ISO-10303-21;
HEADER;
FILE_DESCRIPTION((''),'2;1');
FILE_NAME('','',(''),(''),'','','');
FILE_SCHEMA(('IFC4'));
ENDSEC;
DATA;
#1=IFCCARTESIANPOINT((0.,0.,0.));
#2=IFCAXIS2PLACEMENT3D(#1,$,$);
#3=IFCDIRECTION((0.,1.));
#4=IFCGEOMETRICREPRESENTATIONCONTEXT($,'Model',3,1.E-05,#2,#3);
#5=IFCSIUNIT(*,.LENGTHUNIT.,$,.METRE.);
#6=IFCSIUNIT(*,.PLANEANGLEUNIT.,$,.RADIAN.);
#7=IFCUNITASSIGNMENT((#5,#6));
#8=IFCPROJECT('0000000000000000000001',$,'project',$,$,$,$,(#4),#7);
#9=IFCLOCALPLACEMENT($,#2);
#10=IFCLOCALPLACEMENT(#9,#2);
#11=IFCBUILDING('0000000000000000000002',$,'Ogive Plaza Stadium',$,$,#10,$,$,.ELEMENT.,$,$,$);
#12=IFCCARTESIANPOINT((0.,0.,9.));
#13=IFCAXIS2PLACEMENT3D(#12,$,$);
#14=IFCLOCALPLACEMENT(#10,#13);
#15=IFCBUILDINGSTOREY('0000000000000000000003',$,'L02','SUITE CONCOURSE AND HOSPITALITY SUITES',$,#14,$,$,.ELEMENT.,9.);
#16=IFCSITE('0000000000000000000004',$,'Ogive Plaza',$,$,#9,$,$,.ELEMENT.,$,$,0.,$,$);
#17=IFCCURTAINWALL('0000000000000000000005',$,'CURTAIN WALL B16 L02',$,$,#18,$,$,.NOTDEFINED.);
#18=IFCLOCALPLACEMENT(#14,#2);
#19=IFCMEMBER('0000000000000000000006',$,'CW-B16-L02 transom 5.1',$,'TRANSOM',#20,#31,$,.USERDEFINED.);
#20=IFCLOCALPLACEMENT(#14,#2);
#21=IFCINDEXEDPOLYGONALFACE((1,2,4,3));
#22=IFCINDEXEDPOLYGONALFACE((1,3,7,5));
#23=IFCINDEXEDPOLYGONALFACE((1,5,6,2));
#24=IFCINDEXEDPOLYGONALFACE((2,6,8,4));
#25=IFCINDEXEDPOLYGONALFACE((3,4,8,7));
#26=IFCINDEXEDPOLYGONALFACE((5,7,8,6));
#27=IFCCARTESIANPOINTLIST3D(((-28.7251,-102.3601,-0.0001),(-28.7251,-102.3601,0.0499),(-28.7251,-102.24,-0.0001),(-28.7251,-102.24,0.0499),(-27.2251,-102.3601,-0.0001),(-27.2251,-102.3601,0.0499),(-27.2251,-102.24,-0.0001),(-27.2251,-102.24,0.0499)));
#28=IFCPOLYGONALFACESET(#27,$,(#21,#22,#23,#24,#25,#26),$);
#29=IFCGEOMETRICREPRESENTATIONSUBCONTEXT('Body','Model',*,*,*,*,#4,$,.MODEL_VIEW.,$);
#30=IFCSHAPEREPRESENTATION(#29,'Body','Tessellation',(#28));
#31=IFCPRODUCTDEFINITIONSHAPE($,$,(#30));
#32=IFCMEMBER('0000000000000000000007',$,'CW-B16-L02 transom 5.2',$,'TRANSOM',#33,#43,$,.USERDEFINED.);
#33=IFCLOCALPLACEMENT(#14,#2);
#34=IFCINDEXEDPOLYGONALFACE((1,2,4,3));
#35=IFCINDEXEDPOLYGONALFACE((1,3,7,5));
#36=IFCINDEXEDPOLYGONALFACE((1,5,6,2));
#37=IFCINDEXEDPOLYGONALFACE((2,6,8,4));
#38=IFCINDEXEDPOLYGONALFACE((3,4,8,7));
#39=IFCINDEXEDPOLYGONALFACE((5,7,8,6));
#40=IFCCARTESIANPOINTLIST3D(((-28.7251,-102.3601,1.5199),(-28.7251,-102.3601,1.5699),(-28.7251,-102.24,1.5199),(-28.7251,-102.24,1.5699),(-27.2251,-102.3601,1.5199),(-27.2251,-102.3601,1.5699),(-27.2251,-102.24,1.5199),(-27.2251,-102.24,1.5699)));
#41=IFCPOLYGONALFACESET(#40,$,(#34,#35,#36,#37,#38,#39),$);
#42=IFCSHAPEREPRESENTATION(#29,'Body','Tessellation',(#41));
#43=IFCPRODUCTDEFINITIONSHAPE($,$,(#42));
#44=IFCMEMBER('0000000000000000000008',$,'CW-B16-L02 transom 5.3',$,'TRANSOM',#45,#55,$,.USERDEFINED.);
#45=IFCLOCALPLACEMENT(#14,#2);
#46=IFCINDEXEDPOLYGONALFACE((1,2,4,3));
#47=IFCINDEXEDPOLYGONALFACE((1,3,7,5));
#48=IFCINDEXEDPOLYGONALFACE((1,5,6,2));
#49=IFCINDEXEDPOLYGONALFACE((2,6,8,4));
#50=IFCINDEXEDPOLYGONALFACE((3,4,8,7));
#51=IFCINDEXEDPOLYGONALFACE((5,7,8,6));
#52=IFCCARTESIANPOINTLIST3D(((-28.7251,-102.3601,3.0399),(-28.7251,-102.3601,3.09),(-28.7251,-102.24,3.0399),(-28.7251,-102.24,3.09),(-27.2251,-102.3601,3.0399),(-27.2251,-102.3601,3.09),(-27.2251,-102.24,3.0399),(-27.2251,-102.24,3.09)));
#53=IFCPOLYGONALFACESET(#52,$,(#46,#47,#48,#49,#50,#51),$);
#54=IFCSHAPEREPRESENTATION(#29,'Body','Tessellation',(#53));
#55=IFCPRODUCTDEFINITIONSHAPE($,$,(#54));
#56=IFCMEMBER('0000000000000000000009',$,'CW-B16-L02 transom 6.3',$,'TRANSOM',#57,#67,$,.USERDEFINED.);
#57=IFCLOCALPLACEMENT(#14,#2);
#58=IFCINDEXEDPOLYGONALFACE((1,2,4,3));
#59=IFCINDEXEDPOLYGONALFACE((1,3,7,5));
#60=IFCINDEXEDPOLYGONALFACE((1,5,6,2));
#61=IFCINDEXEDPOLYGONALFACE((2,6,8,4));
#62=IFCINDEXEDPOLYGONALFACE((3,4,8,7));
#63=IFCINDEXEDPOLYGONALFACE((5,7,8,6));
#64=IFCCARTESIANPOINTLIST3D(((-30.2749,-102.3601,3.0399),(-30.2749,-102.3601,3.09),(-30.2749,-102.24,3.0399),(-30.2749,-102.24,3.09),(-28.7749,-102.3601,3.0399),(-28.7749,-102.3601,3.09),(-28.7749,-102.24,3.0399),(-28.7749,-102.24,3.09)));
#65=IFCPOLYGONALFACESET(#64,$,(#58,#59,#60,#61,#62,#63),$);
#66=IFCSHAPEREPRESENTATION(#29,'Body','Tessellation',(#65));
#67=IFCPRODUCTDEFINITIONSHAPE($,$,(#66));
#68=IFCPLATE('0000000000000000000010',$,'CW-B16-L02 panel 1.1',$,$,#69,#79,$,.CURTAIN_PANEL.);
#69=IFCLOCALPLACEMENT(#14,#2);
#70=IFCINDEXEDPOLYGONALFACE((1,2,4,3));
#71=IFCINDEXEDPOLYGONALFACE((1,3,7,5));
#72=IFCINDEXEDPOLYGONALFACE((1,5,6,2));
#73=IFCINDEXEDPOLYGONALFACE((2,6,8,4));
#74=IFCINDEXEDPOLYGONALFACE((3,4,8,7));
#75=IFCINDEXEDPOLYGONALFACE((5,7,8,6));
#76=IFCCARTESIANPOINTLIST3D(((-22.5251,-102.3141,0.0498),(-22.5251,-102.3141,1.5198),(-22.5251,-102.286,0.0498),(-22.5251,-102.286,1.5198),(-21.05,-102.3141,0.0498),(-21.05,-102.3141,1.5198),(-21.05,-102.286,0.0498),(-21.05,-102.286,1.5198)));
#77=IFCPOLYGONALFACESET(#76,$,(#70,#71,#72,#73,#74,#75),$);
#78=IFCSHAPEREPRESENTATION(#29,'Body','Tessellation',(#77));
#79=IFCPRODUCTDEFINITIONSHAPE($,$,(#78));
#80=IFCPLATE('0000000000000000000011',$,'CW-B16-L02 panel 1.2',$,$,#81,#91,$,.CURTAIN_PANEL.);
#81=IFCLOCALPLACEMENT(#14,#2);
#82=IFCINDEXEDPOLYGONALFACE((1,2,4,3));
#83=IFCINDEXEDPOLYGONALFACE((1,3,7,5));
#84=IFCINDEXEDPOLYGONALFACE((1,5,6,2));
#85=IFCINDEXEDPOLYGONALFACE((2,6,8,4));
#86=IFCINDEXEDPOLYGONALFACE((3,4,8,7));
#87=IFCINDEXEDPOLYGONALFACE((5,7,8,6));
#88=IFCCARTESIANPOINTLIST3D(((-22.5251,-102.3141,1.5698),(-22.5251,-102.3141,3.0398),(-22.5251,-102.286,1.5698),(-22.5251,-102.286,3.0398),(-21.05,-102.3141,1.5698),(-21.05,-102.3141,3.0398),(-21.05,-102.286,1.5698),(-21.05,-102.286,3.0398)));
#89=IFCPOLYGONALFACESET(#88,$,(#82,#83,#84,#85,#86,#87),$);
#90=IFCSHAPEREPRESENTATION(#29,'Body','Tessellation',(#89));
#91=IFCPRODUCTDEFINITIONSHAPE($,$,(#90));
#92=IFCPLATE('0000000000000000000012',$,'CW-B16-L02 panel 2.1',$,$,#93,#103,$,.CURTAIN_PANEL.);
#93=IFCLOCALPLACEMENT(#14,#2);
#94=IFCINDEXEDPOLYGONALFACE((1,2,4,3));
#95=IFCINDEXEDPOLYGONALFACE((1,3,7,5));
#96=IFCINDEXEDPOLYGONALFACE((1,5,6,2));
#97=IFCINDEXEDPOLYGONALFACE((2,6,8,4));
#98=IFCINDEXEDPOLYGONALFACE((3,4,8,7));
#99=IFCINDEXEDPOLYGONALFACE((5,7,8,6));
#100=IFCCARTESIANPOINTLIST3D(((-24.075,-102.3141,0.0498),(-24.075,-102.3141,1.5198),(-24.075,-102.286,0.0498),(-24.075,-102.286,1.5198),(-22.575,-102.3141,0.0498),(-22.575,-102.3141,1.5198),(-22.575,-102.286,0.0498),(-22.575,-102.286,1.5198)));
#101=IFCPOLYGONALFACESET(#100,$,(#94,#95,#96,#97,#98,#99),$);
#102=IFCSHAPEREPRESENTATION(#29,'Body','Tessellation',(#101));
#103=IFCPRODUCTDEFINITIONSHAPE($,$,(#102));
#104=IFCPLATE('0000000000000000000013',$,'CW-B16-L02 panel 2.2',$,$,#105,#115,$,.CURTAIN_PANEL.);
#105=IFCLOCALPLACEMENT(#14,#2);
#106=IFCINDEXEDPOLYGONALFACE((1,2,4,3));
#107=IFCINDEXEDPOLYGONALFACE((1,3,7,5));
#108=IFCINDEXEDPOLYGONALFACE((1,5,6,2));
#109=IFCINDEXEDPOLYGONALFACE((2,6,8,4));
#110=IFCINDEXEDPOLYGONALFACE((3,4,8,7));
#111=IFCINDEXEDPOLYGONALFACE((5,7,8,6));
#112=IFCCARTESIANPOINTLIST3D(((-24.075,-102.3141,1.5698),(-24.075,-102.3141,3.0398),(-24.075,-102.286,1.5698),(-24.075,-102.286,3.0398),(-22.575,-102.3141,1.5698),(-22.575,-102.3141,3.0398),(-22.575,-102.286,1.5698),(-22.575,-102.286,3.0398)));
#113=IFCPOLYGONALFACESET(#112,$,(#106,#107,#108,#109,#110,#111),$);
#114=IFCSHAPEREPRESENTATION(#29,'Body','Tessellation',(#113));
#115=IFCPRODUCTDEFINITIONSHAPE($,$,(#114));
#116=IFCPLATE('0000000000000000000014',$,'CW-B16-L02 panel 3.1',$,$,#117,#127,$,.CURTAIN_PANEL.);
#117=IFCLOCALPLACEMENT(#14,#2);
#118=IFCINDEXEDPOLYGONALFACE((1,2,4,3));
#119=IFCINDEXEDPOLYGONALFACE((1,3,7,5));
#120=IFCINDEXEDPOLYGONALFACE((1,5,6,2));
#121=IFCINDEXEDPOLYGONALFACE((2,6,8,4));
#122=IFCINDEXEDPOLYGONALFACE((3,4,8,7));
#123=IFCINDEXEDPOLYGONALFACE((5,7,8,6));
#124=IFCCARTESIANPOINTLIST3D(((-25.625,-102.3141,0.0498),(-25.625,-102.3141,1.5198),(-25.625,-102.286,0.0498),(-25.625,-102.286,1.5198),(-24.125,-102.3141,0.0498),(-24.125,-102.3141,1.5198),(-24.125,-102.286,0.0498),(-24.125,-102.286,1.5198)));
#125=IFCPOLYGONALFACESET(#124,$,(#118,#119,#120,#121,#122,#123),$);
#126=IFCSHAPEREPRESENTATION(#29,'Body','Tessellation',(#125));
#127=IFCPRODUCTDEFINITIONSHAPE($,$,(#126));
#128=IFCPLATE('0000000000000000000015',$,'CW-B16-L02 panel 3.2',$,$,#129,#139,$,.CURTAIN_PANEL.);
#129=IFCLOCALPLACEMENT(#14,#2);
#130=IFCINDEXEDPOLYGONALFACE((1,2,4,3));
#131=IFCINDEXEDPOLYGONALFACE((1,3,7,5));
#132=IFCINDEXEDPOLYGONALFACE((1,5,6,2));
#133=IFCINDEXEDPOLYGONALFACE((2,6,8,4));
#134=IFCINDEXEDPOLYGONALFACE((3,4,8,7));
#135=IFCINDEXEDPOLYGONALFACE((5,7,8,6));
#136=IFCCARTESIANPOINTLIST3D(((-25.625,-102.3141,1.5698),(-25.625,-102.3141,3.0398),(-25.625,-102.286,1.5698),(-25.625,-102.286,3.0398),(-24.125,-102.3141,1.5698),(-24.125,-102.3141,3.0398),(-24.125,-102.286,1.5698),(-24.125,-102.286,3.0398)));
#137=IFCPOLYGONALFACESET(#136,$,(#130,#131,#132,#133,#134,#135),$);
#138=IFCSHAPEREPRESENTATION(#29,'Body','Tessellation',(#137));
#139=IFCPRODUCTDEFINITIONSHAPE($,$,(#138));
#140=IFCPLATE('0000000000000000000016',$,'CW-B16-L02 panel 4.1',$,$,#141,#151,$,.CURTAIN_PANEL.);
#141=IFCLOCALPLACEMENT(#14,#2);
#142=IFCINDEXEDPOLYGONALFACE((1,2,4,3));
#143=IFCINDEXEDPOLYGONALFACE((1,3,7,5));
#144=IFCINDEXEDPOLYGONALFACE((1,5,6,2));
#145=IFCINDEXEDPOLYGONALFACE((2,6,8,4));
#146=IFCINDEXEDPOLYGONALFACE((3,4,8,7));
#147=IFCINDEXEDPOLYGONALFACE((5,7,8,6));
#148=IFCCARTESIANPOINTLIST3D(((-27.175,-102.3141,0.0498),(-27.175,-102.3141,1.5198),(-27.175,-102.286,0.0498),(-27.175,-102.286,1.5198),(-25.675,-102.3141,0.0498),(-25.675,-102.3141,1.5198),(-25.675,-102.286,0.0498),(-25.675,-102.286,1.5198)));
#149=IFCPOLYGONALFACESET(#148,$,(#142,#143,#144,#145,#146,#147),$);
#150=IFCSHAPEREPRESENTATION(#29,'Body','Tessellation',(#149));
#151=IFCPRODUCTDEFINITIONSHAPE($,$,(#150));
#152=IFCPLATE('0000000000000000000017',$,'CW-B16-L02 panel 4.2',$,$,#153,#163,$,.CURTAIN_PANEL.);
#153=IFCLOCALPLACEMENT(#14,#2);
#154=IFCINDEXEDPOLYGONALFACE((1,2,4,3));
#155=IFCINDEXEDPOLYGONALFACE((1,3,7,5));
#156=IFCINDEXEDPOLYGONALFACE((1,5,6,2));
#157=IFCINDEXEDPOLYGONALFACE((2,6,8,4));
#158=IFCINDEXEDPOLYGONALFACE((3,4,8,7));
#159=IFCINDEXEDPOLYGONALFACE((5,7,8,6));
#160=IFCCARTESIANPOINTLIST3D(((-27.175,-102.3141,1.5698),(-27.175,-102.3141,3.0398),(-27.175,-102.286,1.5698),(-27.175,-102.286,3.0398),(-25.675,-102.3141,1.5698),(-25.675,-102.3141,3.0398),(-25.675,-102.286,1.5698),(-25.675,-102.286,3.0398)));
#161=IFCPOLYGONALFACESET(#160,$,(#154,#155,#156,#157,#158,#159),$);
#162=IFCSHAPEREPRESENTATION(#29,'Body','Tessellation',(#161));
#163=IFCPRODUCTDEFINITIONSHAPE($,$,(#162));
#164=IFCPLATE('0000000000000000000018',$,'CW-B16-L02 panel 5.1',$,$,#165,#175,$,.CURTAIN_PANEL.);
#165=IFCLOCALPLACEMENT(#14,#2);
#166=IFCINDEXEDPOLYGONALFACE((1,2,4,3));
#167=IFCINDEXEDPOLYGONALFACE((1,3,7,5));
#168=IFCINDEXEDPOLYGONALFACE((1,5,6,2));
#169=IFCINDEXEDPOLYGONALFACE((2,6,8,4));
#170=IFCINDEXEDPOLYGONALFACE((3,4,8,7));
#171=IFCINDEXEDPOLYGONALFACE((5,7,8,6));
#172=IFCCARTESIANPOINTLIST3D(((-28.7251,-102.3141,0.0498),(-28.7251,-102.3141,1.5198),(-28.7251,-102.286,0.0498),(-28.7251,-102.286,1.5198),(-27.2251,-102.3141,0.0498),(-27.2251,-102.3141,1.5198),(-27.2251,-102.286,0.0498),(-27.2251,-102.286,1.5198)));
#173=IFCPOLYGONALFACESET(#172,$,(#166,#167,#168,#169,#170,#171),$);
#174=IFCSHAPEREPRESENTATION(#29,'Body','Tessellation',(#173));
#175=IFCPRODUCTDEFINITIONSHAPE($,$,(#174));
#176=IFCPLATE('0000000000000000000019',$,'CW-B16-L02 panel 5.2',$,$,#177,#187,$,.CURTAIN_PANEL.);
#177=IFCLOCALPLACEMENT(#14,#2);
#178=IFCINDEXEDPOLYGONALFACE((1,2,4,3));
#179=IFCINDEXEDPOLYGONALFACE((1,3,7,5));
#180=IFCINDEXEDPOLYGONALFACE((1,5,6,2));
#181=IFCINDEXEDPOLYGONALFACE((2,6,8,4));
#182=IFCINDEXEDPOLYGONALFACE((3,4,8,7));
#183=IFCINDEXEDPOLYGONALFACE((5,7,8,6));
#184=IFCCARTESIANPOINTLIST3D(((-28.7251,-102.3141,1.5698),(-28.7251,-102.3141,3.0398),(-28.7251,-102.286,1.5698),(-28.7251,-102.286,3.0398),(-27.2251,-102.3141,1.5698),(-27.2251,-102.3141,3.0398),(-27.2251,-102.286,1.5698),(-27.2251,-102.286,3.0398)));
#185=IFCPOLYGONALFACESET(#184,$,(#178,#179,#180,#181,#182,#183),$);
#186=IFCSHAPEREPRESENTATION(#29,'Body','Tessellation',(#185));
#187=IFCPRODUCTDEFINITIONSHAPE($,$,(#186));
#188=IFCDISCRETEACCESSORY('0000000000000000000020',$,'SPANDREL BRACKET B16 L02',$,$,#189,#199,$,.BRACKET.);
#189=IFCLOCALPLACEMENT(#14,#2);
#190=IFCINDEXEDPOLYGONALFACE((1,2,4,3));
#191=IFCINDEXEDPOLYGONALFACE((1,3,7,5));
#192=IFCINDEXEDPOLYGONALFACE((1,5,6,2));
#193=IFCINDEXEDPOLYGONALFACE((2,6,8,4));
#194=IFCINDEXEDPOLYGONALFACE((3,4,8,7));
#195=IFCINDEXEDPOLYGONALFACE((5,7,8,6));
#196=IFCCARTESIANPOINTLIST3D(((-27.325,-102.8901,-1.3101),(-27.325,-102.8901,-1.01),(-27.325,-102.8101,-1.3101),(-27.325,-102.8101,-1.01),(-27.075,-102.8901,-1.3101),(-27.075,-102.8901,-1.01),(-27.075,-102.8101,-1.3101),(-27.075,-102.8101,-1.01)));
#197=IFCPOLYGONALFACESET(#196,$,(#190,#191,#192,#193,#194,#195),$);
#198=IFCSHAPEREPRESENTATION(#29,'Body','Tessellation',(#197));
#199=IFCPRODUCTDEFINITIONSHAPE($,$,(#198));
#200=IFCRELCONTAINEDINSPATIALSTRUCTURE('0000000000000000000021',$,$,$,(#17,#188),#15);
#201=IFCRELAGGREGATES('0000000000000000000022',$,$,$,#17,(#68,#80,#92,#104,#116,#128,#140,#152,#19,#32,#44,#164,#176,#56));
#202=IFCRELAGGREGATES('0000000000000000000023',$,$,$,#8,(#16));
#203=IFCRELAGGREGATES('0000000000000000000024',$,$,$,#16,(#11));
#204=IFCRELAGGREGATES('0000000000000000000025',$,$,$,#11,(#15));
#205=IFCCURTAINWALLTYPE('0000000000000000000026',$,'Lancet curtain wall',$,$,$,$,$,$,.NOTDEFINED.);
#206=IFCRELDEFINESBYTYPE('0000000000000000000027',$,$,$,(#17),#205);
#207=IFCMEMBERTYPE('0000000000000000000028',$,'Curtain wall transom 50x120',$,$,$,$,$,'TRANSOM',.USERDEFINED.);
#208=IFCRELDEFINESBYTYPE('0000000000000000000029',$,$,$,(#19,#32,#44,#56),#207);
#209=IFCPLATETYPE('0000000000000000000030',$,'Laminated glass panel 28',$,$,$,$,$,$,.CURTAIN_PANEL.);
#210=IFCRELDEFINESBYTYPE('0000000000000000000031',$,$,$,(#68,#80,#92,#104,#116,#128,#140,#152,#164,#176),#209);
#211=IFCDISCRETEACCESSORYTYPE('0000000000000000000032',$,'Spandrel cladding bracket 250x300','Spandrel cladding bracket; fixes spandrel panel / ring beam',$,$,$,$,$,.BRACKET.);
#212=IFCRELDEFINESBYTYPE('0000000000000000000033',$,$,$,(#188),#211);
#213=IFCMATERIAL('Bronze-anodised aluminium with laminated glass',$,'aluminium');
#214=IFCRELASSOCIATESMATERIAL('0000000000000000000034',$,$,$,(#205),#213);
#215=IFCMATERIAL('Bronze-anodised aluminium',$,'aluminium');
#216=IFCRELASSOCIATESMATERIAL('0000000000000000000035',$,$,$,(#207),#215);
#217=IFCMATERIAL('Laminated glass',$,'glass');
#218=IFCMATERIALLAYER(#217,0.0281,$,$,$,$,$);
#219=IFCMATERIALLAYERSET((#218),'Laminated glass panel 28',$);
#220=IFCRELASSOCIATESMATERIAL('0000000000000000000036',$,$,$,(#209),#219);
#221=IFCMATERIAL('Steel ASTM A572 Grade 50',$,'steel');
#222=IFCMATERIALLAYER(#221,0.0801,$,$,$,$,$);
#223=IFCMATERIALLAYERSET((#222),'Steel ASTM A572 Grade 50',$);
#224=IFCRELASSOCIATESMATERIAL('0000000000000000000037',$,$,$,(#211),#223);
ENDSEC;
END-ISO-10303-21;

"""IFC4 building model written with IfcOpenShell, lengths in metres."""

from ifc_helpers import new_model, si_unit, direction, frame, origin, origin_2d, place, context, subcontext, project, spatial, rectangle, extrude, material, layer, layer_set, material_profile, profile_set, type_object, element, aggregate, save


model = new_model("IFC4")

# Units and contexts
model_context = context("Model", 3, precision=1e-05, world=origin(), true_north=direction((0.0, 1.0)))
body_context = subcontext(model_context, "Body", "Model", "MODEL_VIEW")
ifc_project = project(units=[si_unit("LENGTHUNIT", "METRE"), si_unit("PLANEANGLEUNIT", "RADIAN")], contexts=[model_context])

# Site, building, storey
site_placement = place(None, origin())
site = spatial("IfcSite", under=ifc_project, at=site_placement, Name="Ogive Plaza", CompositionType="ELEMENT", RefElevation=0.0)
building_placement = place(site_placement, origin())
building = spatial("IfcBuilding", under=site, at=building_placement, Name="Ogive Plaza Stadium", CompositionType="ELEMENT")
storey_placement = place(building_placement, frame((0.0, 0.0, 9.0)))
storey = spatial("IfcBuildingStorey", under=building, at=storey_placement, Name="L02", Description="SUITE CONCOURSE AND HOSPITALITY SUITES", CompositionType="ELEMENT", Elevation=9.0)

# Curtain wall, members, plates
ifc_material_1 = material(Name="Bronze-anodised aluminium with laminated glass", Category="aluminium")
curtain_wall_type = type_object("IfcCurtainWallType", Name="Lancet curtain wall", PredefinedType="NOTDEFINED", material=ifc_material_1)
curtain_wall_placement = place(storey_placement, origin())
curtain_wall = element("IfcCurtainWall", 1, at=curtain_wall_placement, inside=storey, type_object=curtain_wall_type, Name="CURTAIN WALL B16 L02", PredefinedType="NOTDEFINED")
ifc_material_2 = material(Name="Bronze-anodised aluminium", Category="aluminium")
ifc_material_profile_1 = material_profile(ifc_material_2, rectangle(XDim=0.1201, YDim=0.05, at=origin_2d()), Name="AL 120x50")
ifc_profile_set_1 = profile_set([ifc_material_profile_1], Name="Bronze-anodised aluminium")
member_type_1 = type_object("IfcMemberType", Name="Curtain wall transom 50x120", ElementType="TRANSOM", PredefinedType="USERDEFINED", material=ifc_profile_set_1)
member_1_placement = place(storey_placement, frame((-27.2251, -102.3, 0.0249), z_axis=(-1.0, 0.0, 0.0), x_axis=(0.0, -1.0, 0.0)))
member_1 = element("IfcMember", 2, at=member_1_placement, type_object=member_type_1, Name="CW-B16-L02 transom 5.1", ObjectType="TRANSOM", PredefinedType="USERDEFINED", context=body_context, shape_type="SweptSolid", body=[
    extrude(rectangle(XDim=0.1201, YDim=0.05, at=origin_2d()), origin(), (0.0, 0.0, 1.0), 1.5),
])
member_2_placement = place(storey_placement, frame((-27.2251, -102.3, 1.5449), z_axis=(-1.0, 0.0, 0.0), x_axis=(0.0, -1.0, 0.0)))
member_2 = element("IfcMember", 3, at=member_2_placement, type_object=member_type_1, Name="CW-B16-L02 transom 5.2", ObjectType="TRANSOM", PredefinedType="USERDEFINED", context=body_context, shape_type="SweptSolid", body=[
    extrude(rectangle(XDim=0.1201, YDim=0.05, at=origin_2d()), origin(), (0.0, 0.0, 1.0), 1.5),
])
member_3_placement = place(storey_placement, frame((-27.2251, -102.3, 3.0649), z_axis=(-1.0, 0.0, 0.0), x_axis=(0.0, -1.0, 0.0)))
member_3 = element("IfcMember", 4, at=member_3_placement, type_object=member_type_1, Name="CW-B16-L02 transom 5.3", ObjectType="TRANSOM", PredefinedType="USERDEFINED", context=body_context, shape_type="SweptSolid", body=[
    extrude(rectangle(XDim=0.1201, YDim=0.05, at=origin_2d()), origin(), (0.0, 0.0, 1.0), 1.5),
])
member_4_placement = place(storey_placement, frame((-28.7749, -102.3, 3.0649), z_axis=(-1.0, 0.0, 0.0), x_axis=(0.0, -1.0, 0.0)))
member_4 = element("IfcMember", 5, at=member_4_placement, type_object=member_type_1, Name="CW-B16-L02 transom 6.3", ObjectType="TRANSOM", PredefinedType="USERDEFINED", context=body_context, shape_type="SweptSolid", body=[
    extrude(rectangle(XDim=0.1201, YDim=0.05, at=origin_2d()), origin(), (0.0, 0.0, 1.0), 1.5),
])
ifc_material_3 = material(Name="Laminated glass", Category="glass")
ifc_layer_1 = layer(ifc_material_3, 0.0281)
ifc_layer_set_1 = layer_set([ifc_layer_1], Name="Laminated glass panel 28")
plate_type = type_object("IfcPlateType", Name="Laminated glass panel 28", PredefinedType="CURTAIN_PANEL", material=ifc_layer_set_1)
plate_1_placement = place(storey_placement, frame((-21.7876, -102.3, 0.0498), z_axis=(0.0, 0.0, 1.0), x_axis=(-1.0, 0.0, 0.0)))
plate_1 = element("IfcPlate", 6, at=plate_1_placement, type_object=plate_type, Name="CW-B16-L02 panel 1.1", PredefinedType="CURTAIN_PANEL", context=body_context, shape_type="SweptSolid", body=[
    extrude(rectangle(XDim=1.4751, YDim=0.0281, at=origin_2d()), origin(), (0.0, 0.0, 1.0), 1.47),
])
plate_2_placement = place(storey_placement, frame((-21.7876, -102.3, 1.5698), z_axis=(0.0, 0.0, 1.0), x_axis=(-1.0, 0.0, 0.0)))
plate_2 = element("IfcPlate", 7, at=plate_2_placement, type_object=plate_type, Name="CW-B16-L02 panel 1.2", PredefinedType="CURTAIN_PANEL", context=body_context, shape_type="SweptSolid", body=[
    extrude(rectangle(XDim=1.4751, YDim=0.0281, at=origin_2d()), origin(), (0.0, 0.0, 1.0), 1.47),
])
plate_3_placement = place(storey_placement, frame((-23.325, -102.3, 0.0498), z_axis=(0.0, 0.0, 1.0), x_axis=(-1.0, 0.0, 0.0)))
plate_3 = element("IfcPlate", 8, at=plate_3_placement, type_object=plate_type, Name="CW-B16-L02 panel 2.1", PredefinedType="CURTAIN_PANEL", context=body_context, shape_type="SweptSolid", body=[
    extrude(rectangle(XDim=1.5, YDim=0.0281, at=origin_2d()), origin(), (0.0, 0.0, 1.0), 1.47),
])
plate_4_placement = place(storey_placement, frame((-23.325, -102.3, 1.5698), z_axis=(0.0, 0.0, 1.0), x_axis=(-1.0, 0.0, 0.0)))
plate_4 = element("IfcPlate", 9, at=plate_4_placement, type_object=plate_type, Name="CW-B16-L02 panel 2.2", PredefinedType="CURTAIN_PANEL", context=body_context, shape_type="SweptSolid", body=[
    extrude(rectangle(XDim=1.5, YDim=0.0281, at=origin_2d()), origin(), (0.0, 0.0, 1.0), 1.47),
])
plate_5_placement = place(storey_placement, frame((-24.875, -102.3, 0.0498), z_axis=(0.0, 0.0, 1.0), x_axis=(-1.0, 0.0, 0.0)))
plate_5 = element("IfcPlate", 10, at=plate_5_placement, type_object=plate_type, Name="CW-B16-L02 panel 3.1", PredefinedType="CURTAIN_PANEL", context=body_context, shape_type="SweptSolid", body=[
    extrude(rectangle(XDim=1.5, YDim=0.0281, at=origin_2d()), origin(), (0.0, 0.0, 1.0), 1.47),
])
plate_6_placement = place(storey_placement, frame((-24.875, -102.3, 1.5698), z_axis=(0.0, 0.0, 1.0), x_axis=(-1.0, 0.0, 0.0)))
plate_6 = element("IfcPlate", 11, at=plate_6_placement, type_object=plate_type, Name="CW-B16-L02 panel 3.2", PredefinedType="CURTAIN_PANEL", context=body_context, shape_type="SweptSolid", body=[
    extrude(rectangle(XDim=1.5, YDim=0.0281, at=origin_2d()), origin(), (0.0, 0.0, 1.0), 1.47),
])
plate_7_placement = place(storey_placement, frame((-26.425, -102.3, 0.0498), z_axis=(0.0, 0.0, 1.0), x_axis=(-1.0, 0.0, 0.0)))
plate_7 = element("IfcPlate", 12, at=plate_7_placement, type_object=plate_type, Name="CW-B16-L02 panel 4.1", PredefinedType="CURTAIN_PANEL", context=body_context, shape_type="SweptSolid", body=[
    extrude(rectangle(XDim=1.5, YDim=0.0281, at=origin_2d()), origin(), (0.0, 0.0, 1.0), 1.47),
])
plate_8_placement = place(storey_placement, frame((-26.425, -102.3, 1.5698), z_axis=(0.0, 0.0, 1.0), x_axis=(-1.0, 0.0, 0.0)))
plate_8 = element("IfcPlate", 13, at=plate_8_placement, type_object=plate_type, Name="CW-B16-L02 panel 4.2", PredefinedType="CURTAIN_PANEL", context=body_context, shape_type="SweptSolid", body=[
    extrude(rectangle(XDim=1.5, YDim=0.0281, at=origin_2d()), origin(), (0.0, 0.0, 1.0), 1.47),
])
plate_9_placement = place(storey_placement, frame((-27.9751, -102.3, 0.0498), z_axis=(0.0, 0.0, 1.0), x_axis=(-1.0, 0.0, 0.0)))
plate_9 = element("IfcPlate", 14, at=plate_9_placement, type_object=plate_type, Name="CW-B16-L02 panel 5.1", PredefinedType="CURTAIN_PANEL", context=body_context, shape_type="SweptSolid", body=[
    extrude(rectangle(XDim=1.5, YDim=0.0281, at=origin_2d()), origin(), (0.0, 0.0, 1.0), 1.47),
])
plate_10_placement = place(storey_placement, frame((-27.9751, -102.3, 1.5698), z_axis=(0.0, 0.0, 1.0), x_axis=(-1.0, 0.0, 0.0)))
plate_10 = element("IfcPlate", 15, at=plate_10_placement, type_object=plate_type, Name="CW-B16-L02 panel 5.2", PredefinedType="CURTAIN_PANEL", context=body_context, shape_type="SweptSolid", body=[
    extrude(rectangle(XDim=1.5, YDim=0.0281, at=origin_2d()), origin(), (0.0, 0.0, 1.0), 1.47),
])
aggregate(curtain_wall, [plate_1, plate_2, plate_3, plate_4, plate_5, plate_6, plate_7, plate_8, member_1, member_2, member_3, plate_9, plate_10, member_4])

# Discrete accessory
ifc_material_4 = material(Name="Steel ASTM A572 Grade 50", Category="steel")
ifc_layer_2 = layer(ifc_material_4, 0.0801)
ifc_layer_set_2 = layer_set([ifc_layer_2], Name="Steel ASTM A572 Grade 50")
discrete_accessory_type = type_object("IfcDiscreteAccessoryType", Name="Spandrel cladding bracket 250x300", Description="Spandrel cladding bracket; fixes spandrel panel / ring beam", PredefinedType="BRACKET", material=ifc_layer_set_2)
discrete_accessory_placement = place(storey_placement, frame((-27.2, -102.8501, -1.3101), z_axis=(0.0, 0.0, 1.0), x_axis=(-1.0, 0.0, 0.0)))
element("IfcDiscreteAccessory", 16, at=discrete_accessory_placement, inside=storey, type_object=discrete_accessory_type, Name="SPANDREL BRACKET B16 L02", PredefinedType="BRACKET", context=body_context, shape_type="SweptSolid", body=[
    extrude(rectangle(XDim=0.25, YDim=0.0801, at=origin_2d()), origin(), (0.0, 0.0, 1.0), 0.3),
])

save(model, "model.ifc")
